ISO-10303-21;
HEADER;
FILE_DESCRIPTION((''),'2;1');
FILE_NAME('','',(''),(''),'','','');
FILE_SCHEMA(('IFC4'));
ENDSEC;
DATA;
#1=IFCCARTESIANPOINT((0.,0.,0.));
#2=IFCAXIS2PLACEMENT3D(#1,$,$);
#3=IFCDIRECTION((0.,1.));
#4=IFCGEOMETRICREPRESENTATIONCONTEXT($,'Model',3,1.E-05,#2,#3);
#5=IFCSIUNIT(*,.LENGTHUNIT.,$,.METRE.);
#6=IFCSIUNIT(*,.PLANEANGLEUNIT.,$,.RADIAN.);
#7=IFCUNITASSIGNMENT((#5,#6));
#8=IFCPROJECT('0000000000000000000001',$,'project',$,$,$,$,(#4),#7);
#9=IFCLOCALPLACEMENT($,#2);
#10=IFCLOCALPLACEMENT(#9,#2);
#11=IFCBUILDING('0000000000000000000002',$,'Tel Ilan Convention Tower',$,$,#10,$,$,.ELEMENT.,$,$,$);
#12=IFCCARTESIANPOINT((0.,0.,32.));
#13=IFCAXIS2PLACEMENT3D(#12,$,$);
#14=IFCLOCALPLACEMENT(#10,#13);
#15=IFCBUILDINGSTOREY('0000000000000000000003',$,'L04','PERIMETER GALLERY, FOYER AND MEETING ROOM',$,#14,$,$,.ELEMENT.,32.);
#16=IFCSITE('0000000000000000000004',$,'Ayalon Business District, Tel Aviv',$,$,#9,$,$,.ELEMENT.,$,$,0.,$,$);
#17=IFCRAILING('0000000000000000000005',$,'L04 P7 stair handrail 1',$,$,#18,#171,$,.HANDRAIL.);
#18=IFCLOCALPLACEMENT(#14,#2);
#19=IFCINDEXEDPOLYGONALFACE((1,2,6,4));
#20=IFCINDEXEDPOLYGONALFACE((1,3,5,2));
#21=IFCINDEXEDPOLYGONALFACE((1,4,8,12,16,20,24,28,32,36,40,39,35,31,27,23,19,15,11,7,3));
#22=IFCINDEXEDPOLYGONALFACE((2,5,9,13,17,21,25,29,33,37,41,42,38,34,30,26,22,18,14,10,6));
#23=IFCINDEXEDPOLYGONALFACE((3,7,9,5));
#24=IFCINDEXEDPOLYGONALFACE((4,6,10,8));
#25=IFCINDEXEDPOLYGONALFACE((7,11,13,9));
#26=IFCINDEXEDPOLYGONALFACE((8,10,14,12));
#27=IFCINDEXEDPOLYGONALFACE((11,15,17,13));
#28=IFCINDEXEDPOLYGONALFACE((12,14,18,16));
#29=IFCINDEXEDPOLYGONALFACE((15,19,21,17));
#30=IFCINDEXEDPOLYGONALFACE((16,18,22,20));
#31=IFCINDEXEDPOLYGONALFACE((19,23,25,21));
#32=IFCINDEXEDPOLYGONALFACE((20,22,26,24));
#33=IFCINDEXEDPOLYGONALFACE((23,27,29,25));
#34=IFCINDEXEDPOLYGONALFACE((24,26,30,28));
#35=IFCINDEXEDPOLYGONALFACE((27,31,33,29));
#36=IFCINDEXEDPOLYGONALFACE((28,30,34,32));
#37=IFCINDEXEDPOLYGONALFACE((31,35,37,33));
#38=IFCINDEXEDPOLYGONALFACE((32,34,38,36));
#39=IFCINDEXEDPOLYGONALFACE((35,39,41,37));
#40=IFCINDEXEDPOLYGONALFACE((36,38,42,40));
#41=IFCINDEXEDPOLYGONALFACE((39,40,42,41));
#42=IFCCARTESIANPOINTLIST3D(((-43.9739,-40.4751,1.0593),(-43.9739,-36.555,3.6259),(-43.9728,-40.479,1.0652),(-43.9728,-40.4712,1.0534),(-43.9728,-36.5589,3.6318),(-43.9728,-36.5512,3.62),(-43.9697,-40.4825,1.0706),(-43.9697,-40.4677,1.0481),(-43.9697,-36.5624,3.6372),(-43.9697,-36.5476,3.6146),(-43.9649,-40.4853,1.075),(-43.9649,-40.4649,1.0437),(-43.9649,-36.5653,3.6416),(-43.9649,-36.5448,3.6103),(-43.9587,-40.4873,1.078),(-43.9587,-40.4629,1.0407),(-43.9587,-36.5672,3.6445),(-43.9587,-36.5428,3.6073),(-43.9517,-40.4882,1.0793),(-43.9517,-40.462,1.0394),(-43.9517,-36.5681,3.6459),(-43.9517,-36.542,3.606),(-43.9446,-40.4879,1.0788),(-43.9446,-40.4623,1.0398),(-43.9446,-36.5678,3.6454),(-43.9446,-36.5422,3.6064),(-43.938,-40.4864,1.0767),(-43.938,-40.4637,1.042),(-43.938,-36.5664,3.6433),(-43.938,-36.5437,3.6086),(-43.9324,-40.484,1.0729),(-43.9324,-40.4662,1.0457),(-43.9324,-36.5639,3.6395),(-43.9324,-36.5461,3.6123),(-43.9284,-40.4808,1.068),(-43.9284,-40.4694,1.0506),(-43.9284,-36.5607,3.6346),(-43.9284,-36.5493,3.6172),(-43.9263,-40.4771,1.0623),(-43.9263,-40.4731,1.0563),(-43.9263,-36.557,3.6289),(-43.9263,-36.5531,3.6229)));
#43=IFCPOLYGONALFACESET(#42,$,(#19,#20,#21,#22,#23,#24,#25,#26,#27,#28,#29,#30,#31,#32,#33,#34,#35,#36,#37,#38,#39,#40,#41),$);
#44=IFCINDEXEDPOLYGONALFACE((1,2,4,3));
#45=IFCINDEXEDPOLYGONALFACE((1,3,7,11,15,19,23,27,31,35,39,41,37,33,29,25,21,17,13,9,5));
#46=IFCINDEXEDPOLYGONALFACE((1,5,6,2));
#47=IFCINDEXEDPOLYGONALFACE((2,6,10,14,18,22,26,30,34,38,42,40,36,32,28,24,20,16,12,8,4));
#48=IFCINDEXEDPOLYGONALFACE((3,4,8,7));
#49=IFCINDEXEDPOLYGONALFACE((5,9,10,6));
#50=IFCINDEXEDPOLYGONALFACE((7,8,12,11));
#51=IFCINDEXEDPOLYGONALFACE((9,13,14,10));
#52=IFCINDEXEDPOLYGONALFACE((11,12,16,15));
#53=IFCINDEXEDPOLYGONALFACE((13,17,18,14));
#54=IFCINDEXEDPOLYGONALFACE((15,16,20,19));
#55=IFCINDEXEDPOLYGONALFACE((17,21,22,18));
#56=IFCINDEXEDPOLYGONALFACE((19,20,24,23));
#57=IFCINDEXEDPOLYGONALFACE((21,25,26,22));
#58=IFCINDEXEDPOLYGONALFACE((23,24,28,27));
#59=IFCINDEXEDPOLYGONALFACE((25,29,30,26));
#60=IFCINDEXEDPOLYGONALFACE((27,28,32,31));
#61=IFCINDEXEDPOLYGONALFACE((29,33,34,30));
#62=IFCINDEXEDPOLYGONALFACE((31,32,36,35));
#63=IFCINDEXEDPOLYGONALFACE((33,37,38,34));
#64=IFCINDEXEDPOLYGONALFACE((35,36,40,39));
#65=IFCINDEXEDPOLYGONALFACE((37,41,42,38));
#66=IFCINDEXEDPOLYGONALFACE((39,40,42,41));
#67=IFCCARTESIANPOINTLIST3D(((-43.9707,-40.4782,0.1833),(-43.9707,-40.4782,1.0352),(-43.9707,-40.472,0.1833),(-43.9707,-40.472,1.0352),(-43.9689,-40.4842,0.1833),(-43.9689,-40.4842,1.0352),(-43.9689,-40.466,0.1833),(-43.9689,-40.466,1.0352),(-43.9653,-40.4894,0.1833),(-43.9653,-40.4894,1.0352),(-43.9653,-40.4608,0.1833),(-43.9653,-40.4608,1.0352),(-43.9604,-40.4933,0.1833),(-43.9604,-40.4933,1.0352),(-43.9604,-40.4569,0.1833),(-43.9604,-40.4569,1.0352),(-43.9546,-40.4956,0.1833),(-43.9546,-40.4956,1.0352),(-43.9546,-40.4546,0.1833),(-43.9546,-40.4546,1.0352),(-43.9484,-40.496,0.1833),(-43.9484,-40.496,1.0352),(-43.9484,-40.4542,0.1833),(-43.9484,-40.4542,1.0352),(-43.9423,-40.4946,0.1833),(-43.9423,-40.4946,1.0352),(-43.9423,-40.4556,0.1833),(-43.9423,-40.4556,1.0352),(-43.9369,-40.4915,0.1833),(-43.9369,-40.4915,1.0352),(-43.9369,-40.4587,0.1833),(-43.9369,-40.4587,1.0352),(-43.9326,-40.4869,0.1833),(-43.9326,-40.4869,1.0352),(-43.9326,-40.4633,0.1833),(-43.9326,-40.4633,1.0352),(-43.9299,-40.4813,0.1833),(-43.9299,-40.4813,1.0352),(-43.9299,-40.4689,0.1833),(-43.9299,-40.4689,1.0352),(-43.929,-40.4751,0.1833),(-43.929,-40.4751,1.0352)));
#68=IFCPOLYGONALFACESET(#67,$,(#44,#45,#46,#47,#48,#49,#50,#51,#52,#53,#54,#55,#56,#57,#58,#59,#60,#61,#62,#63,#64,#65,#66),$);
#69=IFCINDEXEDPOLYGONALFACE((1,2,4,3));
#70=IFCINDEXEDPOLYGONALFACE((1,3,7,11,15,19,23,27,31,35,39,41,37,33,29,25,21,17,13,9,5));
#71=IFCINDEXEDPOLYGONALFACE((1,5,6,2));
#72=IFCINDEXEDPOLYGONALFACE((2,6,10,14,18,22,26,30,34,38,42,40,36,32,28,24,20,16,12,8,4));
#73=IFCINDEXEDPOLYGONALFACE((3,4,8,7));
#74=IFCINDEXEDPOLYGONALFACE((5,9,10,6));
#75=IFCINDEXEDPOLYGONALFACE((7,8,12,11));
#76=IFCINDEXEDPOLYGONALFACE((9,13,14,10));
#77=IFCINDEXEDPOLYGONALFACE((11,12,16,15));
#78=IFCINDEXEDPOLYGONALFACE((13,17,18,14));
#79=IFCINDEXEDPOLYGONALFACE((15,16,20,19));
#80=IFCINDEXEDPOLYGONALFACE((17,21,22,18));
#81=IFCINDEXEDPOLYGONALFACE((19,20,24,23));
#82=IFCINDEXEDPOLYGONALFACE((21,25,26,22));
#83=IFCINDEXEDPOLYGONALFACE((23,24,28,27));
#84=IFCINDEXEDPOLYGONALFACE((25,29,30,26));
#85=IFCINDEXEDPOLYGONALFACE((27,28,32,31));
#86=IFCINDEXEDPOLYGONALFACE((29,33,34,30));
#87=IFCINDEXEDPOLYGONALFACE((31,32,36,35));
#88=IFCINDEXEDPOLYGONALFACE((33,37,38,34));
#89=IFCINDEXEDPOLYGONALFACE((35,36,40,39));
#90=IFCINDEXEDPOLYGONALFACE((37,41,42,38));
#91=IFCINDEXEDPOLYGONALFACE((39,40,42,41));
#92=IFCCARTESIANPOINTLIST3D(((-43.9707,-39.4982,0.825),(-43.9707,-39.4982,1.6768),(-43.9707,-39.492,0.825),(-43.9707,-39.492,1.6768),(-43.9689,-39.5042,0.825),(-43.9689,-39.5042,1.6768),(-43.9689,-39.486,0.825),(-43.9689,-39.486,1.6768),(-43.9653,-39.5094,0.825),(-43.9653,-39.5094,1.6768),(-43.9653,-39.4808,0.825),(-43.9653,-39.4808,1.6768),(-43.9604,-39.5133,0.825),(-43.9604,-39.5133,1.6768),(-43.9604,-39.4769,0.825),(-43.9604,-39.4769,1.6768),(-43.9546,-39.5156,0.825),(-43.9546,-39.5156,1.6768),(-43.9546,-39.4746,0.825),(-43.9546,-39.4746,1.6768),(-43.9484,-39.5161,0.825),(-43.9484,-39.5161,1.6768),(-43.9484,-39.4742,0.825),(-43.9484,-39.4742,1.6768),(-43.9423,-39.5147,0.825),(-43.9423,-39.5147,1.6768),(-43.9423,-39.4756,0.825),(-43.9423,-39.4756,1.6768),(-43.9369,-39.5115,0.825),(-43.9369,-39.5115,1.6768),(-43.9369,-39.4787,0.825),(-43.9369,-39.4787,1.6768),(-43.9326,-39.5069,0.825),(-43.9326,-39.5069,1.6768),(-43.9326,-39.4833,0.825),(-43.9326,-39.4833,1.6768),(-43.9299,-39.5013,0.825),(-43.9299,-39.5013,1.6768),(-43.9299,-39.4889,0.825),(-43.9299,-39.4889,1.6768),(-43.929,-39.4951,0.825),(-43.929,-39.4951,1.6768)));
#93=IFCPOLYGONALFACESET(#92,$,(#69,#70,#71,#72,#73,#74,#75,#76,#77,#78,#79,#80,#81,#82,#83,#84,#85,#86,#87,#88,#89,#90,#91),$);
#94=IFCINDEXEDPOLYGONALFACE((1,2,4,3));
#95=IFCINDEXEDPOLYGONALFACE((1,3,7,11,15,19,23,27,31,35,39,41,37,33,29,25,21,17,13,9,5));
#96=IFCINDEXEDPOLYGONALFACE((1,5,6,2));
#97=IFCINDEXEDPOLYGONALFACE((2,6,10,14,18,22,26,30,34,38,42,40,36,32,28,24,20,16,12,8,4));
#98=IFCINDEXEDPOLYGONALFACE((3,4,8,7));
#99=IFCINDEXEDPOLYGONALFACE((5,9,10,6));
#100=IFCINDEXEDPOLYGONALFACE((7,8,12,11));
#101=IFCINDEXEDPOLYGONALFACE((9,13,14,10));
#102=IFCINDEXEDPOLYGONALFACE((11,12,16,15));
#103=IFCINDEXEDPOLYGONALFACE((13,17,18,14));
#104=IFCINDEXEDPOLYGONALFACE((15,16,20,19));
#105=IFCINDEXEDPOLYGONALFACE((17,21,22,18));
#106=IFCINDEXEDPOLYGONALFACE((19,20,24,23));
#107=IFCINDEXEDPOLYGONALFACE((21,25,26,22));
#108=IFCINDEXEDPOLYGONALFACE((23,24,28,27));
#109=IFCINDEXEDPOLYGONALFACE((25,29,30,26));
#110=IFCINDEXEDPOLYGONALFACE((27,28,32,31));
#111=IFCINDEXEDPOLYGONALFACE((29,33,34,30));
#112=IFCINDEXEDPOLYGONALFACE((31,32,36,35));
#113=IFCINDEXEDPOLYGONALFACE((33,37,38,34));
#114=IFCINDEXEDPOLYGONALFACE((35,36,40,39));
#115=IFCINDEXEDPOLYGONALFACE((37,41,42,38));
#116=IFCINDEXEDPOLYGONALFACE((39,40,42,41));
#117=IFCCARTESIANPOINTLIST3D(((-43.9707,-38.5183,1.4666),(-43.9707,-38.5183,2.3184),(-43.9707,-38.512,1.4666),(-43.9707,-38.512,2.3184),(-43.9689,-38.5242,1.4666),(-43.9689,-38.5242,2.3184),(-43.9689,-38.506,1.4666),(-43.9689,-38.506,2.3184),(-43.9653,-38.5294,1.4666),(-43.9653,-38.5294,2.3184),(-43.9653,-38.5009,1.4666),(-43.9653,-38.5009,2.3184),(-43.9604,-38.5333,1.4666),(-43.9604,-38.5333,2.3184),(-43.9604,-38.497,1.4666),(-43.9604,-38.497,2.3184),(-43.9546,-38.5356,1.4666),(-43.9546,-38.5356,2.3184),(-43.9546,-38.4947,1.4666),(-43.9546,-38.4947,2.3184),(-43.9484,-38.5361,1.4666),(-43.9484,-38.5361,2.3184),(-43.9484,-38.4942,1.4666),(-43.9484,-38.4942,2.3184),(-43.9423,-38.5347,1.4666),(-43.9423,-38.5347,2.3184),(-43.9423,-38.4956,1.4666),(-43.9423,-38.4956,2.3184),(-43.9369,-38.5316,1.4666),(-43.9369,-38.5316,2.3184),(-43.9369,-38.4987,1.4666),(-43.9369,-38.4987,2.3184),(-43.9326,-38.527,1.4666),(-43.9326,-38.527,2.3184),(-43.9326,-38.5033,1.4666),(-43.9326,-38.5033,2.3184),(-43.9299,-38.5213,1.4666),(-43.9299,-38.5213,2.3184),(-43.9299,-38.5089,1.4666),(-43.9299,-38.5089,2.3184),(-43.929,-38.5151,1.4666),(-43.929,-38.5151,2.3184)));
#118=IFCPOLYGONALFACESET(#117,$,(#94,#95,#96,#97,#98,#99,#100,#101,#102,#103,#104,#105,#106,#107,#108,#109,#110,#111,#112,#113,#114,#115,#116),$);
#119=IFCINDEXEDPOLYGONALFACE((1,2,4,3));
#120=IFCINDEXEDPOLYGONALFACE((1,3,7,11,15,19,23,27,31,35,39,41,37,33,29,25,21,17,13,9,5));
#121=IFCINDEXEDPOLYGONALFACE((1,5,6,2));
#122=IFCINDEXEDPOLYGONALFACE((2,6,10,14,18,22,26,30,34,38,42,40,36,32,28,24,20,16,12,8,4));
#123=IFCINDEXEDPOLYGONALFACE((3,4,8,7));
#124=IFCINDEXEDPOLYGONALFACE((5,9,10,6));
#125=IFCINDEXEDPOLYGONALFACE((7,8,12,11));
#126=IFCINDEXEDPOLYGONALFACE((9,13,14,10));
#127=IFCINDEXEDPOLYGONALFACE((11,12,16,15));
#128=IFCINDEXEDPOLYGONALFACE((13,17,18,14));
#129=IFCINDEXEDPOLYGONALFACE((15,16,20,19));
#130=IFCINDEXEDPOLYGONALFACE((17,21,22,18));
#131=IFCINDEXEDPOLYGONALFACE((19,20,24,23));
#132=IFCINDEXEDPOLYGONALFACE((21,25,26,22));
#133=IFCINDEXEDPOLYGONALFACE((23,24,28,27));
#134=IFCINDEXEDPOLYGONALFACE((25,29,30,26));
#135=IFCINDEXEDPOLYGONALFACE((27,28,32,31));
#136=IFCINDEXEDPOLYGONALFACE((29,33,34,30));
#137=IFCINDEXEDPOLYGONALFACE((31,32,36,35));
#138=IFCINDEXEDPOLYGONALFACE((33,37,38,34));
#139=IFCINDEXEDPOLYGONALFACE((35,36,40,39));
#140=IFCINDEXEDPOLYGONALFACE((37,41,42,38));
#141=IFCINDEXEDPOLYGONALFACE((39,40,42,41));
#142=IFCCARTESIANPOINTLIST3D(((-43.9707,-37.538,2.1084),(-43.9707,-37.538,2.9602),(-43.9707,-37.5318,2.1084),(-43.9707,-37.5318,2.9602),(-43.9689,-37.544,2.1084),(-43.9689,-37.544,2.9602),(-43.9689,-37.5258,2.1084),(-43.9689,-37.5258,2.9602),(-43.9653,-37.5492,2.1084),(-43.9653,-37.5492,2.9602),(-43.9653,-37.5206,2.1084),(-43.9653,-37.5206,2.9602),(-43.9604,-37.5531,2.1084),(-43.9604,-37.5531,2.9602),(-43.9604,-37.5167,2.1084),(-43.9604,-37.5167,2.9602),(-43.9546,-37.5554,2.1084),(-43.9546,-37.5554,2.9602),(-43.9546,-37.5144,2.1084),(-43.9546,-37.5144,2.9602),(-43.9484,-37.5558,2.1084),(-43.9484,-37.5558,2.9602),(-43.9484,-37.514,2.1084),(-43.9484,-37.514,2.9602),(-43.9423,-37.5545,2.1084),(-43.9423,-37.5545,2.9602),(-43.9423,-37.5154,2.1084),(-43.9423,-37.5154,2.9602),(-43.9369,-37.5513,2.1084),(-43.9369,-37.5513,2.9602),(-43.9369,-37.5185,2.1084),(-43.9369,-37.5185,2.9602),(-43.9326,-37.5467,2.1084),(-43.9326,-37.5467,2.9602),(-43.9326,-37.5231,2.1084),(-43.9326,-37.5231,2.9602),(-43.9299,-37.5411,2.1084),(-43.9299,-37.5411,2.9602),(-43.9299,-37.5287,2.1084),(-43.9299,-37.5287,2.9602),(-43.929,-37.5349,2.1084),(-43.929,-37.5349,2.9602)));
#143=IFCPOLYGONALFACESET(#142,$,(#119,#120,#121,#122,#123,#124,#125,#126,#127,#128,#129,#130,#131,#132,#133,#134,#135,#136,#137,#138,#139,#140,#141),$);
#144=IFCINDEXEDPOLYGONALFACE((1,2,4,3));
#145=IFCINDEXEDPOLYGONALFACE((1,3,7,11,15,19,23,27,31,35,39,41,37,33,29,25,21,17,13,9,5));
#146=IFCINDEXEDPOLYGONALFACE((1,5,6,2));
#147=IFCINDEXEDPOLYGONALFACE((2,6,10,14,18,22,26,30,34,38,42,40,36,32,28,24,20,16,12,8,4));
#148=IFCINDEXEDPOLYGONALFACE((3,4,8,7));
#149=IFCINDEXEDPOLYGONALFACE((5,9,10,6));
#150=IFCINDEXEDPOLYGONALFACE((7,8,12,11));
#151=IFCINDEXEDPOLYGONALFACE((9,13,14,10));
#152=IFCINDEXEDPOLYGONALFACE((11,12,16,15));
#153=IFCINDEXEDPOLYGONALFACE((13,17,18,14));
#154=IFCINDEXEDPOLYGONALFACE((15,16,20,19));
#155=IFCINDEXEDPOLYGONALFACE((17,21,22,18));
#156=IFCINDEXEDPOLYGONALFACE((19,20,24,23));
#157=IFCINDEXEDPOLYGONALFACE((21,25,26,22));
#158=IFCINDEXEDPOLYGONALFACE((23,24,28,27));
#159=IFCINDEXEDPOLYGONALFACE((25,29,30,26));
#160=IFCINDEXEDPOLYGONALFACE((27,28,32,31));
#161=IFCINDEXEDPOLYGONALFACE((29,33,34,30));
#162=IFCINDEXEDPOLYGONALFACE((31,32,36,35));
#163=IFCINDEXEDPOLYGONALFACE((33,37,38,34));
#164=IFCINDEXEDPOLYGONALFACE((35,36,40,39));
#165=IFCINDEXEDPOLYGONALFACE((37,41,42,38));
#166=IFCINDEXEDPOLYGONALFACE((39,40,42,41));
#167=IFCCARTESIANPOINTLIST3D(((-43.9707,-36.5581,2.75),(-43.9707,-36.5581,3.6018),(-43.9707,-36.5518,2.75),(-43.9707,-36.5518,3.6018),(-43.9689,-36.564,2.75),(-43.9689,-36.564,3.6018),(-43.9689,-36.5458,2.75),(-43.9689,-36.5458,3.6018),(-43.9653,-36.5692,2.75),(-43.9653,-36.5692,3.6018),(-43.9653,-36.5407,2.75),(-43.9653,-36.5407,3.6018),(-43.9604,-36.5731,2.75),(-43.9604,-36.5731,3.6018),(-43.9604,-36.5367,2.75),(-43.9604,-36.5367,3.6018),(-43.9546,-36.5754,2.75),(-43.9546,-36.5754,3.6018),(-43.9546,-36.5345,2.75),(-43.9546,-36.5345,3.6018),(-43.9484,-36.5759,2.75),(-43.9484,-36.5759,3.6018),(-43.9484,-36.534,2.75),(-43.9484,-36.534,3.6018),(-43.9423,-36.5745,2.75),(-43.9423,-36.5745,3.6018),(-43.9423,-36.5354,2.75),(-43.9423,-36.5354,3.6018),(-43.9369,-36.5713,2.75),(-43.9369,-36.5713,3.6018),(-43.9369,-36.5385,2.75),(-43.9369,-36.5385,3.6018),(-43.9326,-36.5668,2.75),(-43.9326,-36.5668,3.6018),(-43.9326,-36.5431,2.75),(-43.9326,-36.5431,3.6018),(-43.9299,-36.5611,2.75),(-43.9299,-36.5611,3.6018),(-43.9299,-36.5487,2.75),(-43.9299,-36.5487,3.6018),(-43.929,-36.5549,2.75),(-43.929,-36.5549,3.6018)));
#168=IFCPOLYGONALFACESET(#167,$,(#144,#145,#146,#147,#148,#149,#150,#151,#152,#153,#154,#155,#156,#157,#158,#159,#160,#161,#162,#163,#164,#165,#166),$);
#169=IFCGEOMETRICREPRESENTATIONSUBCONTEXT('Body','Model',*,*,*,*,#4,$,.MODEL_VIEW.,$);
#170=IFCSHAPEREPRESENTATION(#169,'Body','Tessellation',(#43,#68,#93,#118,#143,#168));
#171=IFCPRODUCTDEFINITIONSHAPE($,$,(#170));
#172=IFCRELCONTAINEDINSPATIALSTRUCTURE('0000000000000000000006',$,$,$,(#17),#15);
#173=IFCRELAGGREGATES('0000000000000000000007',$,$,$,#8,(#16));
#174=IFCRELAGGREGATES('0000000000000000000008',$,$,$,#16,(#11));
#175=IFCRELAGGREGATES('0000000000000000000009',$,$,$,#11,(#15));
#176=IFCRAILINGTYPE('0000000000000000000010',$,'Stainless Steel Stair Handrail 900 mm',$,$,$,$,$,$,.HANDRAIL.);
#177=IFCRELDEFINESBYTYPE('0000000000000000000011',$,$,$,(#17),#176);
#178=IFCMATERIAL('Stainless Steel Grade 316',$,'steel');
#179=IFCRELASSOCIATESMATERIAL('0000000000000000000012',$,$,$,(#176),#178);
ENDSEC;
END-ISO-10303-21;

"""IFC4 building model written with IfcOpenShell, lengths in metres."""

from ifc_helpers import new_model, si_unit, direction, frame, origin, origin_2d, place, context, subcontext, project, spatial, circle, extrude, material, type_object, element, save


model = new_model("IFC4")

# Units and contexts
model_context = context("Model", 3, precision=1e-05, world=origin(), true_north=direction((0.0, 1.0)))
body_context = subcontext(model_context, "Body", "Model", "MODEL_VIEW")
ifc_project = project(units=[si_unit("LENGTHUNIT", "METRE"), si_unit("PLANEANGLEUNIT", "RADIAN")], contexts=[model_context])

# Site, building, storey
site_placement = place(None, origin())
site = spatial("IfcSite", under=ifc_project, at=site_placement, Name="Ayalon Business District, Tel Aviv", CompositionType="ELEMENT", RefElevation=0.0)
building_placement = place(site_placement, origin())
building = spatial("IfcBuilding", under=site, at=building_placement, Name="Tel Ilan Convention Tower", CompositionType="ELEMENT")
storey_placement = place(building_placement, frame((0.0, 0.0, 32.0)))
storey = spatial("IfcBuildingStorey", under=building, at=storey_placement, Name="L04", Description="PERIMETER GALLERY, FOYER AND MEETING ROOM", CompositionType="ELEMENT", Elevation=32.0)

# Railing
ifc_material_1 = material(Name="Stainless Steel Grade 316", Category="steel")
railing_type_1 = type_object("IfcRailingType", Name="Stainless Steel Stair Handrail 900 mm", PredefinedType="HANDRAIL", material=ifc_material_1)
railing_1_placement = place(storey_placement, frame((-43.95, -40.4751, 0.1833)))
element("IfcRailing", 1, at=railing_1_placement, inside=storey, type_object=railing_type_1, Name="L04 P7 stair handrail 1", PredefinedType="HANDRAIL", context=body_context, shape_type="SweptSolid", body=[
    extrude(circle(Radius=0.0239, at=origin_2d()), frame((0.0, 0.0, 0.876), z_axis=(0.0, 0.836631, 0.547767), x_axis=(-1.0, 0.0, 0.0)), (0.0, 0.0, 1.0), 4.6855),
    extrude(circle(Radius=0.021, at=origin_2d()), origin(), (0.0, 0.0, 1.0), 0.8518),
    extrude(circle(Radius=0.021, at=origin_2d()), frame((0.0, 0.98, 0.6416)), (0.0, 0.0, 1.0), 0.8518),
    extrude(circle(Radius=0.021, at=origin_2d()), frame((0.0, 1.96, 1.2832)), (0.0, 0.0, 1.0), 0.8518),
    extrude(circle(Radius=0.021, at=origin_2d()), frame((0.0, 2.9402, 1.925)), (0.0, 0.0, 1.0), 0.8518),
    extrude(circle(Radius=0.021, at=origin_2d()), frame((0.0, 3.9202, 2.5667)), (0.0, 0.0, 1.0), 0.8518),
])

save(model, "model.ifc")
